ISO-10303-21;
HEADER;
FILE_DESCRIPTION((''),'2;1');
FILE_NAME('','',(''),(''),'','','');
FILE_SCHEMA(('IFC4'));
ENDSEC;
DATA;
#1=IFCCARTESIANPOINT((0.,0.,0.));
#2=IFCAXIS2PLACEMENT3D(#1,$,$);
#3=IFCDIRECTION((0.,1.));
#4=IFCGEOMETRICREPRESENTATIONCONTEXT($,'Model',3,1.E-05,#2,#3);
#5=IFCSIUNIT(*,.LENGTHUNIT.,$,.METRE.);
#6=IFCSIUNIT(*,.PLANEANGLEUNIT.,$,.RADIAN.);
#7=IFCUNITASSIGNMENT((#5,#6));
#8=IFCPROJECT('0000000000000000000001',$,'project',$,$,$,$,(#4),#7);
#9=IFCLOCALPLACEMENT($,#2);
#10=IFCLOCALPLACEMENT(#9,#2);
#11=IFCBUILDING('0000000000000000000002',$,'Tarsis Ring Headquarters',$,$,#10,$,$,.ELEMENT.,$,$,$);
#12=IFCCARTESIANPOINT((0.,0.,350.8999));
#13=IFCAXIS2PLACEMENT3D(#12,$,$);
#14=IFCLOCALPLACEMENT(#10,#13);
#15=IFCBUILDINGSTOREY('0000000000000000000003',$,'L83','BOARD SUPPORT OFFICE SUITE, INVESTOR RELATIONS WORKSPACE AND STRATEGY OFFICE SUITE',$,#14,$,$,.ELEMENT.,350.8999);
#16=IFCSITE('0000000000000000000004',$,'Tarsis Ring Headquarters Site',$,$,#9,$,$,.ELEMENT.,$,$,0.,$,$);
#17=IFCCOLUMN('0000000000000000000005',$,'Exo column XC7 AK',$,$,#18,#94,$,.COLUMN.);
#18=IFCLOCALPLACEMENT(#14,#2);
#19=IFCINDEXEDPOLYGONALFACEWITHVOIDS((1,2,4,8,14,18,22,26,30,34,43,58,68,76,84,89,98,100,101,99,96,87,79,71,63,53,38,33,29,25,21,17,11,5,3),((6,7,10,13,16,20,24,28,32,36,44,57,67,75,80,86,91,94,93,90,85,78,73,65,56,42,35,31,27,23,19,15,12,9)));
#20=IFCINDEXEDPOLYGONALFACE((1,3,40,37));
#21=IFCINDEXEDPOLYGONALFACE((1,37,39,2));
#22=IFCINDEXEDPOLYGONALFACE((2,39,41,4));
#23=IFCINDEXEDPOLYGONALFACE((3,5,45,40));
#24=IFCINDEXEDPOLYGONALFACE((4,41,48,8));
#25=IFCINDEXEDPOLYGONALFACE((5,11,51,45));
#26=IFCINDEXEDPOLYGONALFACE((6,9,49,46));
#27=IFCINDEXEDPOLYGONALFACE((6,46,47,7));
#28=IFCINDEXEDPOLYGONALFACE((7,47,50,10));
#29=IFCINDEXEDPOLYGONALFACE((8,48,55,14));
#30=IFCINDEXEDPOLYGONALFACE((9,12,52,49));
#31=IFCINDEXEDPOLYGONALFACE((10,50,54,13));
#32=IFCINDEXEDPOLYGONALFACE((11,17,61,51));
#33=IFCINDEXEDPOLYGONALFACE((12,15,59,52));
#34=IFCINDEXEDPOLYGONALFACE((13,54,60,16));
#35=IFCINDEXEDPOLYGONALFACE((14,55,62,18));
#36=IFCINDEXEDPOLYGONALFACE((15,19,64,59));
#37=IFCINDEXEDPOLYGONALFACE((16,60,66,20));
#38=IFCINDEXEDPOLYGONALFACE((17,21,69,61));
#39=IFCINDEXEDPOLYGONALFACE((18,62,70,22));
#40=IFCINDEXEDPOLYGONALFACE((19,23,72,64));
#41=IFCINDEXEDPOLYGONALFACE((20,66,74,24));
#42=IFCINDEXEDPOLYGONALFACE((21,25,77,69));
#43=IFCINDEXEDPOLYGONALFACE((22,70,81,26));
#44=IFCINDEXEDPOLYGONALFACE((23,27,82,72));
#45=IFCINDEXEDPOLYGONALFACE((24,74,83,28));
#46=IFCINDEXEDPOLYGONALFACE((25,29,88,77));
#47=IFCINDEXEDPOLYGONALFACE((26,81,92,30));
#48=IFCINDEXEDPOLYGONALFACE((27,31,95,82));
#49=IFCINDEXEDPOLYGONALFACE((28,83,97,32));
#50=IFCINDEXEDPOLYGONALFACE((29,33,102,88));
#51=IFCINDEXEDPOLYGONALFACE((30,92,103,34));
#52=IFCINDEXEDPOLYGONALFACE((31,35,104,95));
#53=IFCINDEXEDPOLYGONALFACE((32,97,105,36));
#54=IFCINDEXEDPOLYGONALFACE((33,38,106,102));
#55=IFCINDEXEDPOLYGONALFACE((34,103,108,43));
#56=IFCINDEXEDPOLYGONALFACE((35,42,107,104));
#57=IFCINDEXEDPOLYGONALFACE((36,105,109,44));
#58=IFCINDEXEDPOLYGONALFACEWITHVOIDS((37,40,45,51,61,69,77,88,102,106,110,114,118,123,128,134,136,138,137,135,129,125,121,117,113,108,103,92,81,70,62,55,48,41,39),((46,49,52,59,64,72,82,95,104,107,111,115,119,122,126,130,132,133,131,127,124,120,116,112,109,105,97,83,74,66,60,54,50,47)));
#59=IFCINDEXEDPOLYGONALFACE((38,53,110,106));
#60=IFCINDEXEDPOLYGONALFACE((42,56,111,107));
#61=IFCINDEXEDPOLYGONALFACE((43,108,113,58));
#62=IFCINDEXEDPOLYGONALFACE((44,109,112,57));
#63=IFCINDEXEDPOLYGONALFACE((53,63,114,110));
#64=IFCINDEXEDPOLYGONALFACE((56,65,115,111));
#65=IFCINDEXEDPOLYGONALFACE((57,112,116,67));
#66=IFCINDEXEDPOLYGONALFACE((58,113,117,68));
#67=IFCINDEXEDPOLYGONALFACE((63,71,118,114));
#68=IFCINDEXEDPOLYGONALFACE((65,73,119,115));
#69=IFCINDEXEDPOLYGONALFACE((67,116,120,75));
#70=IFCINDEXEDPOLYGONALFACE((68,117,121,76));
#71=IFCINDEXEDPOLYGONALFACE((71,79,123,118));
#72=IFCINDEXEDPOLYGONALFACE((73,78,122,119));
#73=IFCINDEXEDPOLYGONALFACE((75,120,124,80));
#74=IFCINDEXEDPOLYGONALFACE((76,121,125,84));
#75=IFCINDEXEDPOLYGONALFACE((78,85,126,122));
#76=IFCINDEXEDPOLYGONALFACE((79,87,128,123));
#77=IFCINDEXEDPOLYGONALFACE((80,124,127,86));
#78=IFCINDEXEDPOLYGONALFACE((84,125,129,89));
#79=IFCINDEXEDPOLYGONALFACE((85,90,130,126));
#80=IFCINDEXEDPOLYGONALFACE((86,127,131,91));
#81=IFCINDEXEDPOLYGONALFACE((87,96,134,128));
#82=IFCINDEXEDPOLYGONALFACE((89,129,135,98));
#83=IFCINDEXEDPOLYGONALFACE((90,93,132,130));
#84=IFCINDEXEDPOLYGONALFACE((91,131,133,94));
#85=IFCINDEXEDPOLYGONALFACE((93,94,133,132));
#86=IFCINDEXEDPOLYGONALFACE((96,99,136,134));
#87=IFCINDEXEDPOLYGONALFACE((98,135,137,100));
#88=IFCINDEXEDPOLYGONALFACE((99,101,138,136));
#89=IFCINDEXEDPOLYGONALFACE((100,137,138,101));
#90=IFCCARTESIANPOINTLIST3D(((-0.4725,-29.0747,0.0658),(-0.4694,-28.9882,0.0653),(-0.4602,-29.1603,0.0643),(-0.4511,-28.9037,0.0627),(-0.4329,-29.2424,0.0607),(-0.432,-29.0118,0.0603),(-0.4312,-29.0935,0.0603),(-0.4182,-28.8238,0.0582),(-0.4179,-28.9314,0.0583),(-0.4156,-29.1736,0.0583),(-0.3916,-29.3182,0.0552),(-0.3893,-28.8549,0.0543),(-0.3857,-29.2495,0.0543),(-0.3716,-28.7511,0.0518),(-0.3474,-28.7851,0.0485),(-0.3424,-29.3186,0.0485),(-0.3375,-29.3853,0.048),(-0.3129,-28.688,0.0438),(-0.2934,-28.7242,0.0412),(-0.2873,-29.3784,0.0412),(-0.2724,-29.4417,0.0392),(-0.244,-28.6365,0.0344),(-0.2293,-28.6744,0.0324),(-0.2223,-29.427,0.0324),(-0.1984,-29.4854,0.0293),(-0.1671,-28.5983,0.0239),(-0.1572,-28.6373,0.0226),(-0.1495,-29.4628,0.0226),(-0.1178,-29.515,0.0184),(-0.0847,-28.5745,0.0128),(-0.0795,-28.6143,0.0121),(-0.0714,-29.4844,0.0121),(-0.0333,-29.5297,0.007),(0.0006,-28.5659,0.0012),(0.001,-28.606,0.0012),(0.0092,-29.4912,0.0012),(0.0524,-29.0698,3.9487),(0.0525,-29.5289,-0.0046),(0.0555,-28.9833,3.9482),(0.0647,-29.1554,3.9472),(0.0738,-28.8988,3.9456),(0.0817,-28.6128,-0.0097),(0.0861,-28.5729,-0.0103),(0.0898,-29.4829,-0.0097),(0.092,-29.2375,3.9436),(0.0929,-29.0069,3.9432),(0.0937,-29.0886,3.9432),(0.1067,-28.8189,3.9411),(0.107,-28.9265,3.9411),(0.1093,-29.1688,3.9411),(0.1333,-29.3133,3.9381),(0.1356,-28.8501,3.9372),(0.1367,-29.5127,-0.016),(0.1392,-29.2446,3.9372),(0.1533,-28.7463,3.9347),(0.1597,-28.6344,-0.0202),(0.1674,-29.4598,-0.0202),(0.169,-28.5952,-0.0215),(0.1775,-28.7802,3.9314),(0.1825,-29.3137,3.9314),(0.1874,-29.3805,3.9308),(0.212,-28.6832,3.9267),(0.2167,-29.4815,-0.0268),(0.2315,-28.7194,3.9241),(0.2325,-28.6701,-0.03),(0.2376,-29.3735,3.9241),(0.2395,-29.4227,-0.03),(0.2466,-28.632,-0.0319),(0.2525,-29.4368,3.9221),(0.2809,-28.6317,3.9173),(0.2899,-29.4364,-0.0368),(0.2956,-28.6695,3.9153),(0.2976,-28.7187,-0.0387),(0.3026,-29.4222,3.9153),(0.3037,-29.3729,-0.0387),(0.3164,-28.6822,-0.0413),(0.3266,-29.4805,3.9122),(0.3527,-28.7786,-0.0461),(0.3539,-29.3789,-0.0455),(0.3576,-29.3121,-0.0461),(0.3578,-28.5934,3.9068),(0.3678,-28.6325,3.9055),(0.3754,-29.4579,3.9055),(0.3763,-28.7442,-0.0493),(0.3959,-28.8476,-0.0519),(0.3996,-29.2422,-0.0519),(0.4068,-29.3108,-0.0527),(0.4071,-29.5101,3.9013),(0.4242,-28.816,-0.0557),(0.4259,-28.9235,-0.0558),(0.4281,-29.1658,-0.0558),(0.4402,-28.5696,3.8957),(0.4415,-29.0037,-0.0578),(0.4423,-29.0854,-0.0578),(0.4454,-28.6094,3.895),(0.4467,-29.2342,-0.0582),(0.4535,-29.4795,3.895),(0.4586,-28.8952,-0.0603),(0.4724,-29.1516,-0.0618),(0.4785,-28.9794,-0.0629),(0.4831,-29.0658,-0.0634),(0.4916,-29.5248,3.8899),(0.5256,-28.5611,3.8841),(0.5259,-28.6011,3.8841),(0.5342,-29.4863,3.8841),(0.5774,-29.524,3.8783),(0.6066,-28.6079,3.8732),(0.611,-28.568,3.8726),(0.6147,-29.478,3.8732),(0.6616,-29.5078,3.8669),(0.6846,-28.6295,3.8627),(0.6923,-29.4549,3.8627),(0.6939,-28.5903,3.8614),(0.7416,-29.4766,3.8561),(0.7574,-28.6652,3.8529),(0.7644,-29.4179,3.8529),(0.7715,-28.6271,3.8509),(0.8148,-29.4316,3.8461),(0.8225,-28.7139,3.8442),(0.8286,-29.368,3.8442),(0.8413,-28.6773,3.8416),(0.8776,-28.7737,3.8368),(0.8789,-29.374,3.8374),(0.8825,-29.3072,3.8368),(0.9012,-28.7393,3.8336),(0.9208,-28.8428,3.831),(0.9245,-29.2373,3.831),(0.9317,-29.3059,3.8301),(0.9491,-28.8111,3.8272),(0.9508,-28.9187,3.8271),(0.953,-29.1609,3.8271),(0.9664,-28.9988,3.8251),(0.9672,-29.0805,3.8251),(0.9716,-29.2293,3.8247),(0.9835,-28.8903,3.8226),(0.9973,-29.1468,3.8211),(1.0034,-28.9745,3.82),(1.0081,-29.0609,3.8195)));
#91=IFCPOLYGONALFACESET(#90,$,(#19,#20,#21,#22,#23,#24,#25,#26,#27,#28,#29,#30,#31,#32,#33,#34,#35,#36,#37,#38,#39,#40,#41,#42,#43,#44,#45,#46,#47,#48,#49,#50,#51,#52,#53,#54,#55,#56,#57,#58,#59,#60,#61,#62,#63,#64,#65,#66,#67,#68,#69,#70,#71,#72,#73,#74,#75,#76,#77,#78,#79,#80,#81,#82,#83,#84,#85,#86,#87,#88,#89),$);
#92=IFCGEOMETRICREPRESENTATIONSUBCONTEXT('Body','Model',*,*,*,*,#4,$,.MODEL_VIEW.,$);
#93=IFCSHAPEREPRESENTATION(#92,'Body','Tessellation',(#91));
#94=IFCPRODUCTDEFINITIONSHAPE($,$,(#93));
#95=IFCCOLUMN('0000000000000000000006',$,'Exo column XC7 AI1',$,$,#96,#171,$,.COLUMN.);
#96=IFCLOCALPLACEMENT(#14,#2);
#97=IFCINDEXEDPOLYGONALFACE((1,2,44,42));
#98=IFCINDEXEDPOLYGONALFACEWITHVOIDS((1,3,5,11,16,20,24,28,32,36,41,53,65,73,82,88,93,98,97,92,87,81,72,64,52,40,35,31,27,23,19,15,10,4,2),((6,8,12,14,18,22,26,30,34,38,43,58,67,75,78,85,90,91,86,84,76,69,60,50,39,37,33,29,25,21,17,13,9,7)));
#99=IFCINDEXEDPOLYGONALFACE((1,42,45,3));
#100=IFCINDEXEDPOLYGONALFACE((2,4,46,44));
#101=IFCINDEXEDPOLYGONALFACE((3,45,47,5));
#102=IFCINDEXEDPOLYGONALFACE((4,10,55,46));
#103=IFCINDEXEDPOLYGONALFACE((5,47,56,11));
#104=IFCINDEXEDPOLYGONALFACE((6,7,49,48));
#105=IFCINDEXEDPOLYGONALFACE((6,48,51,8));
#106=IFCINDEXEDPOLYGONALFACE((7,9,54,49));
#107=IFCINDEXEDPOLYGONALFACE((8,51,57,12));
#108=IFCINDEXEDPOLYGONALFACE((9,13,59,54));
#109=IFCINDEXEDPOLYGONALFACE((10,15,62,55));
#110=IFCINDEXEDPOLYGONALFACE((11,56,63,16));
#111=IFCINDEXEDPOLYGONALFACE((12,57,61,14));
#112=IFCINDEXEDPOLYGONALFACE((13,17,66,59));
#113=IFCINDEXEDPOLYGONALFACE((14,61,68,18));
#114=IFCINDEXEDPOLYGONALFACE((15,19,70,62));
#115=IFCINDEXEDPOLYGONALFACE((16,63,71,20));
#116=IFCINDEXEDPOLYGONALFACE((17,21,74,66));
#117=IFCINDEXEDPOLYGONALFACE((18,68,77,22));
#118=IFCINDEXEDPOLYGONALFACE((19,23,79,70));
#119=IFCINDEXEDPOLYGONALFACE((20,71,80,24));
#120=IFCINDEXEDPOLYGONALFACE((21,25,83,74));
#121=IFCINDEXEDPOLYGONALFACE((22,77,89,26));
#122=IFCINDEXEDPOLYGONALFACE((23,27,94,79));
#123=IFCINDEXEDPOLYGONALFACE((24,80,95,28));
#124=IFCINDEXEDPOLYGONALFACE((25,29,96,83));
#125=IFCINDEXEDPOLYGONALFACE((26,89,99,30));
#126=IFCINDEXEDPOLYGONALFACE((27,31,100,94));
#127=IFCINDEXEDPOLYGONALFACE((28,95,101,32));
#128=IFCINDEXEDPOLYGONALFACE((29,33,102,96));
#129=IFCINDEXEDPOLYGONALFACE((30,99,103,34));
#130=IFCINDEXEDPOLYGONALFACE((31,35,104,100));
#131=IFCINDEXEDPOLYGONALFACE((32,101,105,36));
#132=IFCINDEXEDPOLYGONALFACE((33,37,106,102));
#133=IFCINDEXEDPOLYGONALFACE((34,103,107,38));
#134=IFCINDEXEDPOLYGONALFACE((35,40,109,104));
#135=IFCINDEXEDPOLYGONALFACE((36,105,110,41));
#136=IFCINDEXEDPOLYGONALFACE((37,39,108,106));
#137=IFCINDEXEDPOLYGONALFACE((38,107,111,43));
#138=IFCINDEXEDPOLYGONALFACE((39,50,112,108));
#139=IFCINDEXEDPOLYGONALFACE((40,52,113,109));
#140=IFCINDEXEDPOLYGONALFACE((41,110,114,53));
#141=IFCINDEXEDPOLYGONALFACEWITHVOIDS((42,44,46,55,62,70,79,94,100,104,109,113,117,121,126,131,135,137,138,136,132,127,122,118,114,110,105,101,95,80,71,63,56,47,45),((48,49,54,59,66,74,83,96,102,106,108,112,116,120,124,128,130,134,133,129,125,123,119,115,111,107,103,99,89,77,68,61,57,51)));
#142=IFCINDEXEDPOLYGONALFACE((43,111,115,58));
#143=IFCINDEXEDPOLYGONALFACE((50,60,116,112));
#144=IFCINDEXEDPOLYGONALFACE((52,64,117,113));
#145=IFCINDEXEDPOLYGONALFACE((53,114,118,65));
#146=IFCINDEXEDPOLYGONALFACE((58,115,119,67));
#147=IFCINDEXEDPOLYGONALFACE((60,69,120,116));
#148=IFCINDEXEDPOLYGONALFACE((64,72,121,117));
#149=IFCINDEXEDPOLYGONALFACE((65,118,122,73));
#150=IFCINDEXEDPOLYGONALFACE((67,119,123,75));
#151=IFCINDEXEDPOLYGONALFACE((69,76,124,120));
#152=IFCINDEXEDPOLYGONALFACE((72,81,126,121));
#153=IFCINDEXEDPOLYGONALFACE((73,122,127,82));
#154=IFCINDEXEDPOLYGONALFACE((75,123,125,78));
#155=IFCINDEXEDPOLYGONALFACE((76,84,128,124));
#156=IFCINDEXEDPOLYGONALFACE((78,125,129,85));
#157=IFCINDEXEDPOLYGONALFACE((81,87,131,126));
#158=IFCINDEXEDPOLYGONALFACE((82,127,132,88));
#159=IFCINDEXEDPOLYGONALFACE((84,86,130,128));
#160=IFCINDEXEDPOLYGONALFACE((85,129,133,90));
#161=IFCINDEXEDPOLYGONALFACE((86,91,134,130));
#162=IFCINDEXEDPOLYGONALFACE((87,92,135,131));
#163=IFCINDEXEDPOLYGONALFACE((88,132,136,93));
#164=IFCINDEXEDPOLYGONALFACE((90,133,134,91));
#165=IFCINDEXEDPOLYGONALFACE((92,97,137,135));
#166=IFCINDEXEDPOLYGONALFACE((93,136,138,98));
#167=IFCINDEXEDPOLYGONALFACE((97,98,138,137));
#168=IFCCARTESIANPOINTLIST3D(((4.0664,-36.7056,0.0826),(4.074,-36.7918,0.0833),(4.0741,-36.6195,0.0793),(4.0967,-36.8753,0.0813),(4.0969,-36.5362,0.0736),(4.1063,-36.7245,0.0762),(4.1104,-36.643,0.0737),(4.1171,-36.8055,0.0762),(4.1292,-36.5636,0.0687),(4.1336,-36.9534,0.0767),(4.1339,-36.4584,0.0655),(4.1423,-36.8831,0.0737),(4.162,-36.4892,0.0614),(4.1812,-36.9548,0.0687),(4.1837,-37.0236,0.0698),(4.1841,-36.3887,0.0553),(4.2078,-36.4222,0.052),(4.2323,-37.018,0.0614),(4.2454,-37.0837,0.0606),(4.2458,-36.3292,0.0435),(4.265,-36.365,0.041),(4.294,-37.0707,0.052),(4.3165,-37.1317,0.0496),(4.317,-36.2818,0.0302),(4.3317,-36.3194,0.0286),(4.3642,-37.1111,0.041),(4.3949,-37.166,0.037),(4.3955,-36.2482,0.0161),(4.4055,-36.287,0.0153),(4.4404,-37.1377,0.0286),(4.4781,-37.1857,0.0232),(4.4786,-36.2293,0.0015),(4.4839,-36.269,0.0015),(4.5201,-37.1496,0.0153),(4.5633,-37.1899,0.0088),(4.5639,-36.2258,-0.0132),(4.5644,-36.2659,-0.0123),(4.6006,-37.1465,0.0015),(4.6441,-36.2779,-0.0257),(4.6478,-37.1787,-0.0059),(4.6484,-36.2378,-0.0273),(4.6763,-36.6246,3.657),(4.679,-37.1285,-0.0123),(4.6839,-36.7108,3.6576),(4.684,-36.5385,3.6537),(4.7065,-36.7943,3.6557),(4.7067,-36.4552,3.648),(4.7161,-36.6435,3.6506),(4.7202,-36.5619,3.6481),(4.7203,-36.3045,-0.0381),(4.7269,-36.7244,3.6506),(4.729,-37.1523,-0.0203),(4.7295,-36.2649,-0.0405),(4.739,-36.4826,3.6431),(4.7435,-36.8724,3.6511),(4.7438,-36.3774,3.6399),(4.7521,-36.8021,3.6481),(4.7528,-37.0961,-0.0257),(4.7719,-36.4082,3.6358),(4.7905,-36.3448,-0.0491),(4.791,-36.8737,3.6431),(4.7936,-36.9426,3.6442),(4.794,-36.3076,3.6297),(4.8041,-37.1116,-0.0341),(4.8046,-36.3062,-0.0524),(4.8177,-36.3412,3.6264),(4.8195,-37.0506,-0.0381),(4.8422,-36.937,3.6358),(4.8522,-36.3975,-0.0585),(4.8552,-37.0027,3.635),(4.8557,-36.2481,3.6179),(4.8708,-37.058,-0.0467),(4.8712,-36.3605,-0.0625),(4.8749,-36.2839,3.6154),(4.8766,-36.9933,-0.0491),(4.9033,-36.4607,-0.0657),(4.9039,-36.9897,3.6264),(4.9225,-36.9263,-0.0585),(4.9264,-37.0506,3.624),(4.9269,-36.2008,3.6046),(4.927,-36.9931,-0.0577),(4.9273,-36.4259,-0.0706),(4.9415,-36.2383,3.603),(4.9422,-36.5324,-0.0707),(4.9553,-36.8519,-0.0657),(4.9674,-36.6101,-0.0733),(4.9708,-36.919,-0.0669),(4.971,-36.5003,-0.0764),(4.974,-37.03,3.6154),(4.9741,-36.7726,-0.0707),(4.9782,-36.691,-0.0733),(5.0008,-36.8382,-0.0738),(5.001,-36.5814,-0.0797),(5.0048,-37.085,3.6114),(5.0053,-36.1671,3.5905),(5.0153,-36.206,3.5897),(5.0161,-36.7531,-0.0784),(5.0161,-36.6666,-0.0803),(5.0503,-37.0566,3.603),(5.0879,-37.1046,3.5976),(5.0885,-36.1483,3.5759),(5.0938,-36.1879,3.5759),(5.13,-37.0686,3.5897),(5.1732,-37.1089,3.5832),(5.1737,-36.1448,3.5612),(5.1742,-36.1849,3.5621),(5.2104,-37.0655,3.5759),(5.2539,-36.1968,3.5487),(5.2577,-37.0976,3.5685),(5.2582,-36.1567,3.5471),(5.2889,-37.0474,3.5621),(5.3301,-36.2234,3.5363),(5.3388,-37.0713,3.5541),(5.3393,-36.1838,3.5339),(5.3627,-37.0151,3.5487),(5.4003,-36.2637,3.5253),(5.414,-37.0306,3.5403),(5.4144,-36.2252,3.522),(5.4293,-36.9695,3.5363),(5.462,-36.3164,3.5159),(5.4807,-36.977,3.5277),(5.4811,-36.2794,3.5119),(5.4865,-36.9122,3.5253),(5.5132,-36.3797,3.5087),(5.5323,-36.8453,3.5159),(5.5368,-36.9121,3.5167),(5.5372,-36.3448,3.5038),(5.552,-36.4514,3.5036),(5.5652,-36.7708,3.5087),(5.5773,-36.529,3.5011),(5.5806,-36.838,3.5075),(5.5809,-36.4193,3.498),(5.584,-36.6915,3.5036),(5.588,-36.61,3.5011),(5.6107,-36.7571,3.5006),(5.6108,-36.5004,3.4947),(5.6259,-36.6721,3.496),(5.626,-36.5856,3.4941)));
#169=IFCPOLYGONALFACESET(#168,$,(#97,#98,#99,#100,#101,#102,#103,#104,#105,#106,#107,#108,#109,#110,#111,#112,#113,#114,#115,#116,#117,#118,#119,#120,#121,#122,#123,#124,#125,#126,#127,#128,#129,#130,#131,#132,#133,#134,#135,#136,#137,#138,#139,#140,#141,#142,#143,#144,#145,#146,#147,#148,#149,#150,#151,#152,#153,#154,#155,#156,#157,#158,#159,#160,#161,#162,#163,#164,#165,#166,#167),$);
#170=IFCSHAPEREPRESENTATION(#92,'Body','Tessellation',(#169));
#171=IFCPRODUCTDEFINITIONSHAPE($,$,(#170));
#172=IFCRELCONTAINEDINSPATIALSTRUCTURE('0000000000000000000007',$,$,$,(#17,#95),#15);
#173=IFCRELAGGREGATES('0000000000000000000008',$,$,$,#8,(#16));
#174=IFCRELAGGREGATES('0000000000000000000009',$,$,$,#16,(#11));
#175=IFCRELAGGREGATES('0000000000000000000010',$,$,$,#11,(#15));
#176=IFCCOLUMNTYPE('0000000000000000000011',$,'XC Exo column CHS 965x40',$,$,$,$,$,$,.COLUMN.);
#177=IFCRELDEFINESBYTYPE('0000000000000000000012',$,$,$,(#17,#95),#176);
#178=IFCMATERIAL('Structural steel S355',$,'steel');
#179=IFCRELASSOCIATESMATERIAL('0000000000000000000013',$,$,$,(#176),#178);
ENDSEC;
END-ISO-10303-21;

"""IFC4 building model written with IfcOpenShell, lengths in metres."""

from ifc_helpers import new_model, si_unit, direction, frame, origin, origin_2d, place, context, subcontext, project, spatial, hollow_circle, extrude, material, material_profile, profile_set, type_object, element, save


model = new_model("IFC4")

# Units and contexts
model_context = context("Model", 3, precision=1e-05, world=origin(), true_north=direction((0.0, 1.0)))
body_context = subcontext(model_context, "Body", "Model", "MODEL_VIEW")
ifc_project = project(units=[si_unit("LENGTHUNIT", "METRE"), si_unit("PLANEANGLEUNIT", "RADIAN")], contexts=[model_context])

# Site, building, storey
site_placement = place(None, origin())
site = spatial("IfcSite", under=ifc_project, at=site_placement, Name="Tarsis Ring Headquarters Site", CompositionType="ELEMENT", RefElevation=0.0)
building_placement = place(site_placement, origin())
building = spatial("IfcBuilding", under=site, at=building_placement, Name="Tarsis Ring Headquarters", CompositionType="ELEMENT")
storey_placement = place(building_placement, frame((0.0, 0.0, 350.8999)))
storey = spatial("IfcBuildingStorey", under=building, at=storey_placement, Name="L83", Description="BOARD SUPPORT OFFICE SUITE, INVESTOR RELATIONS WORKSPACE AND STRATEGY OFFICE SUITE", CompositionType="ELEMENT", Elevation=350.8999)

# Columns
ifc_material_1 = material(Name="Structural steel S355", Category="steel")
ifc_material_profile_1 = material_profile(ifc_material_1, hollow_circle(Radius=0.4827, WallThickness=0.04, at=origin_2d()), Name="CHS 965x40")
ifc_profile_set_1 = profile_set([ifc_material_profile_1], Name="Structural steel S355")
column_type = type_object("IfcColumnType", Name="XC Exo column CHS 965x40", PredefinedType="COLUMN", material=ifc_profile_set_1)
column_1_placement = place(storey_placement, frame((0.0051, -29.0486, 0.0012), z_axis=(0.133967, 0.001246, 0.990985), x_axis=(-0.009302, 0.999957, 0.0)))
element("IfcColumn", 1, at=column_1_placement, inside=storey, type_object=column_type, Name="Exo column XC7 AK", PredefinedType="COLUMN", context=body_context, shape_type="SweptSolid", body=[
    extrude(hollow_circle(Radius=0.4827, WallThickness=0.04, at=origin_2d()), origin(), (0.0, 0.0, 1.0), 3.9182),
])
column_2_placement = place(storey_placement, frame((4.5422, -36.7078, 0.0015), z_axis=(0.168144, 0.022347, 0.985509), x_axis=(-0.131748, 0.991283, 0.0)))
element("IfcColumn", 2, at=column_2_placement, inside=storey, type_object=column_type, Name="Exo column XC7 AI1", PredefinedType="COLUMN", context=body_context, shape_type="SweptSolid", body=[
    extrude(hollow_circle(Radius=0.4827, WallThickness=0.04, at=origin_2d()), origin(), (0.0, 0.0, 1.0), 3.627),
])

save(model, "model.ifc")
